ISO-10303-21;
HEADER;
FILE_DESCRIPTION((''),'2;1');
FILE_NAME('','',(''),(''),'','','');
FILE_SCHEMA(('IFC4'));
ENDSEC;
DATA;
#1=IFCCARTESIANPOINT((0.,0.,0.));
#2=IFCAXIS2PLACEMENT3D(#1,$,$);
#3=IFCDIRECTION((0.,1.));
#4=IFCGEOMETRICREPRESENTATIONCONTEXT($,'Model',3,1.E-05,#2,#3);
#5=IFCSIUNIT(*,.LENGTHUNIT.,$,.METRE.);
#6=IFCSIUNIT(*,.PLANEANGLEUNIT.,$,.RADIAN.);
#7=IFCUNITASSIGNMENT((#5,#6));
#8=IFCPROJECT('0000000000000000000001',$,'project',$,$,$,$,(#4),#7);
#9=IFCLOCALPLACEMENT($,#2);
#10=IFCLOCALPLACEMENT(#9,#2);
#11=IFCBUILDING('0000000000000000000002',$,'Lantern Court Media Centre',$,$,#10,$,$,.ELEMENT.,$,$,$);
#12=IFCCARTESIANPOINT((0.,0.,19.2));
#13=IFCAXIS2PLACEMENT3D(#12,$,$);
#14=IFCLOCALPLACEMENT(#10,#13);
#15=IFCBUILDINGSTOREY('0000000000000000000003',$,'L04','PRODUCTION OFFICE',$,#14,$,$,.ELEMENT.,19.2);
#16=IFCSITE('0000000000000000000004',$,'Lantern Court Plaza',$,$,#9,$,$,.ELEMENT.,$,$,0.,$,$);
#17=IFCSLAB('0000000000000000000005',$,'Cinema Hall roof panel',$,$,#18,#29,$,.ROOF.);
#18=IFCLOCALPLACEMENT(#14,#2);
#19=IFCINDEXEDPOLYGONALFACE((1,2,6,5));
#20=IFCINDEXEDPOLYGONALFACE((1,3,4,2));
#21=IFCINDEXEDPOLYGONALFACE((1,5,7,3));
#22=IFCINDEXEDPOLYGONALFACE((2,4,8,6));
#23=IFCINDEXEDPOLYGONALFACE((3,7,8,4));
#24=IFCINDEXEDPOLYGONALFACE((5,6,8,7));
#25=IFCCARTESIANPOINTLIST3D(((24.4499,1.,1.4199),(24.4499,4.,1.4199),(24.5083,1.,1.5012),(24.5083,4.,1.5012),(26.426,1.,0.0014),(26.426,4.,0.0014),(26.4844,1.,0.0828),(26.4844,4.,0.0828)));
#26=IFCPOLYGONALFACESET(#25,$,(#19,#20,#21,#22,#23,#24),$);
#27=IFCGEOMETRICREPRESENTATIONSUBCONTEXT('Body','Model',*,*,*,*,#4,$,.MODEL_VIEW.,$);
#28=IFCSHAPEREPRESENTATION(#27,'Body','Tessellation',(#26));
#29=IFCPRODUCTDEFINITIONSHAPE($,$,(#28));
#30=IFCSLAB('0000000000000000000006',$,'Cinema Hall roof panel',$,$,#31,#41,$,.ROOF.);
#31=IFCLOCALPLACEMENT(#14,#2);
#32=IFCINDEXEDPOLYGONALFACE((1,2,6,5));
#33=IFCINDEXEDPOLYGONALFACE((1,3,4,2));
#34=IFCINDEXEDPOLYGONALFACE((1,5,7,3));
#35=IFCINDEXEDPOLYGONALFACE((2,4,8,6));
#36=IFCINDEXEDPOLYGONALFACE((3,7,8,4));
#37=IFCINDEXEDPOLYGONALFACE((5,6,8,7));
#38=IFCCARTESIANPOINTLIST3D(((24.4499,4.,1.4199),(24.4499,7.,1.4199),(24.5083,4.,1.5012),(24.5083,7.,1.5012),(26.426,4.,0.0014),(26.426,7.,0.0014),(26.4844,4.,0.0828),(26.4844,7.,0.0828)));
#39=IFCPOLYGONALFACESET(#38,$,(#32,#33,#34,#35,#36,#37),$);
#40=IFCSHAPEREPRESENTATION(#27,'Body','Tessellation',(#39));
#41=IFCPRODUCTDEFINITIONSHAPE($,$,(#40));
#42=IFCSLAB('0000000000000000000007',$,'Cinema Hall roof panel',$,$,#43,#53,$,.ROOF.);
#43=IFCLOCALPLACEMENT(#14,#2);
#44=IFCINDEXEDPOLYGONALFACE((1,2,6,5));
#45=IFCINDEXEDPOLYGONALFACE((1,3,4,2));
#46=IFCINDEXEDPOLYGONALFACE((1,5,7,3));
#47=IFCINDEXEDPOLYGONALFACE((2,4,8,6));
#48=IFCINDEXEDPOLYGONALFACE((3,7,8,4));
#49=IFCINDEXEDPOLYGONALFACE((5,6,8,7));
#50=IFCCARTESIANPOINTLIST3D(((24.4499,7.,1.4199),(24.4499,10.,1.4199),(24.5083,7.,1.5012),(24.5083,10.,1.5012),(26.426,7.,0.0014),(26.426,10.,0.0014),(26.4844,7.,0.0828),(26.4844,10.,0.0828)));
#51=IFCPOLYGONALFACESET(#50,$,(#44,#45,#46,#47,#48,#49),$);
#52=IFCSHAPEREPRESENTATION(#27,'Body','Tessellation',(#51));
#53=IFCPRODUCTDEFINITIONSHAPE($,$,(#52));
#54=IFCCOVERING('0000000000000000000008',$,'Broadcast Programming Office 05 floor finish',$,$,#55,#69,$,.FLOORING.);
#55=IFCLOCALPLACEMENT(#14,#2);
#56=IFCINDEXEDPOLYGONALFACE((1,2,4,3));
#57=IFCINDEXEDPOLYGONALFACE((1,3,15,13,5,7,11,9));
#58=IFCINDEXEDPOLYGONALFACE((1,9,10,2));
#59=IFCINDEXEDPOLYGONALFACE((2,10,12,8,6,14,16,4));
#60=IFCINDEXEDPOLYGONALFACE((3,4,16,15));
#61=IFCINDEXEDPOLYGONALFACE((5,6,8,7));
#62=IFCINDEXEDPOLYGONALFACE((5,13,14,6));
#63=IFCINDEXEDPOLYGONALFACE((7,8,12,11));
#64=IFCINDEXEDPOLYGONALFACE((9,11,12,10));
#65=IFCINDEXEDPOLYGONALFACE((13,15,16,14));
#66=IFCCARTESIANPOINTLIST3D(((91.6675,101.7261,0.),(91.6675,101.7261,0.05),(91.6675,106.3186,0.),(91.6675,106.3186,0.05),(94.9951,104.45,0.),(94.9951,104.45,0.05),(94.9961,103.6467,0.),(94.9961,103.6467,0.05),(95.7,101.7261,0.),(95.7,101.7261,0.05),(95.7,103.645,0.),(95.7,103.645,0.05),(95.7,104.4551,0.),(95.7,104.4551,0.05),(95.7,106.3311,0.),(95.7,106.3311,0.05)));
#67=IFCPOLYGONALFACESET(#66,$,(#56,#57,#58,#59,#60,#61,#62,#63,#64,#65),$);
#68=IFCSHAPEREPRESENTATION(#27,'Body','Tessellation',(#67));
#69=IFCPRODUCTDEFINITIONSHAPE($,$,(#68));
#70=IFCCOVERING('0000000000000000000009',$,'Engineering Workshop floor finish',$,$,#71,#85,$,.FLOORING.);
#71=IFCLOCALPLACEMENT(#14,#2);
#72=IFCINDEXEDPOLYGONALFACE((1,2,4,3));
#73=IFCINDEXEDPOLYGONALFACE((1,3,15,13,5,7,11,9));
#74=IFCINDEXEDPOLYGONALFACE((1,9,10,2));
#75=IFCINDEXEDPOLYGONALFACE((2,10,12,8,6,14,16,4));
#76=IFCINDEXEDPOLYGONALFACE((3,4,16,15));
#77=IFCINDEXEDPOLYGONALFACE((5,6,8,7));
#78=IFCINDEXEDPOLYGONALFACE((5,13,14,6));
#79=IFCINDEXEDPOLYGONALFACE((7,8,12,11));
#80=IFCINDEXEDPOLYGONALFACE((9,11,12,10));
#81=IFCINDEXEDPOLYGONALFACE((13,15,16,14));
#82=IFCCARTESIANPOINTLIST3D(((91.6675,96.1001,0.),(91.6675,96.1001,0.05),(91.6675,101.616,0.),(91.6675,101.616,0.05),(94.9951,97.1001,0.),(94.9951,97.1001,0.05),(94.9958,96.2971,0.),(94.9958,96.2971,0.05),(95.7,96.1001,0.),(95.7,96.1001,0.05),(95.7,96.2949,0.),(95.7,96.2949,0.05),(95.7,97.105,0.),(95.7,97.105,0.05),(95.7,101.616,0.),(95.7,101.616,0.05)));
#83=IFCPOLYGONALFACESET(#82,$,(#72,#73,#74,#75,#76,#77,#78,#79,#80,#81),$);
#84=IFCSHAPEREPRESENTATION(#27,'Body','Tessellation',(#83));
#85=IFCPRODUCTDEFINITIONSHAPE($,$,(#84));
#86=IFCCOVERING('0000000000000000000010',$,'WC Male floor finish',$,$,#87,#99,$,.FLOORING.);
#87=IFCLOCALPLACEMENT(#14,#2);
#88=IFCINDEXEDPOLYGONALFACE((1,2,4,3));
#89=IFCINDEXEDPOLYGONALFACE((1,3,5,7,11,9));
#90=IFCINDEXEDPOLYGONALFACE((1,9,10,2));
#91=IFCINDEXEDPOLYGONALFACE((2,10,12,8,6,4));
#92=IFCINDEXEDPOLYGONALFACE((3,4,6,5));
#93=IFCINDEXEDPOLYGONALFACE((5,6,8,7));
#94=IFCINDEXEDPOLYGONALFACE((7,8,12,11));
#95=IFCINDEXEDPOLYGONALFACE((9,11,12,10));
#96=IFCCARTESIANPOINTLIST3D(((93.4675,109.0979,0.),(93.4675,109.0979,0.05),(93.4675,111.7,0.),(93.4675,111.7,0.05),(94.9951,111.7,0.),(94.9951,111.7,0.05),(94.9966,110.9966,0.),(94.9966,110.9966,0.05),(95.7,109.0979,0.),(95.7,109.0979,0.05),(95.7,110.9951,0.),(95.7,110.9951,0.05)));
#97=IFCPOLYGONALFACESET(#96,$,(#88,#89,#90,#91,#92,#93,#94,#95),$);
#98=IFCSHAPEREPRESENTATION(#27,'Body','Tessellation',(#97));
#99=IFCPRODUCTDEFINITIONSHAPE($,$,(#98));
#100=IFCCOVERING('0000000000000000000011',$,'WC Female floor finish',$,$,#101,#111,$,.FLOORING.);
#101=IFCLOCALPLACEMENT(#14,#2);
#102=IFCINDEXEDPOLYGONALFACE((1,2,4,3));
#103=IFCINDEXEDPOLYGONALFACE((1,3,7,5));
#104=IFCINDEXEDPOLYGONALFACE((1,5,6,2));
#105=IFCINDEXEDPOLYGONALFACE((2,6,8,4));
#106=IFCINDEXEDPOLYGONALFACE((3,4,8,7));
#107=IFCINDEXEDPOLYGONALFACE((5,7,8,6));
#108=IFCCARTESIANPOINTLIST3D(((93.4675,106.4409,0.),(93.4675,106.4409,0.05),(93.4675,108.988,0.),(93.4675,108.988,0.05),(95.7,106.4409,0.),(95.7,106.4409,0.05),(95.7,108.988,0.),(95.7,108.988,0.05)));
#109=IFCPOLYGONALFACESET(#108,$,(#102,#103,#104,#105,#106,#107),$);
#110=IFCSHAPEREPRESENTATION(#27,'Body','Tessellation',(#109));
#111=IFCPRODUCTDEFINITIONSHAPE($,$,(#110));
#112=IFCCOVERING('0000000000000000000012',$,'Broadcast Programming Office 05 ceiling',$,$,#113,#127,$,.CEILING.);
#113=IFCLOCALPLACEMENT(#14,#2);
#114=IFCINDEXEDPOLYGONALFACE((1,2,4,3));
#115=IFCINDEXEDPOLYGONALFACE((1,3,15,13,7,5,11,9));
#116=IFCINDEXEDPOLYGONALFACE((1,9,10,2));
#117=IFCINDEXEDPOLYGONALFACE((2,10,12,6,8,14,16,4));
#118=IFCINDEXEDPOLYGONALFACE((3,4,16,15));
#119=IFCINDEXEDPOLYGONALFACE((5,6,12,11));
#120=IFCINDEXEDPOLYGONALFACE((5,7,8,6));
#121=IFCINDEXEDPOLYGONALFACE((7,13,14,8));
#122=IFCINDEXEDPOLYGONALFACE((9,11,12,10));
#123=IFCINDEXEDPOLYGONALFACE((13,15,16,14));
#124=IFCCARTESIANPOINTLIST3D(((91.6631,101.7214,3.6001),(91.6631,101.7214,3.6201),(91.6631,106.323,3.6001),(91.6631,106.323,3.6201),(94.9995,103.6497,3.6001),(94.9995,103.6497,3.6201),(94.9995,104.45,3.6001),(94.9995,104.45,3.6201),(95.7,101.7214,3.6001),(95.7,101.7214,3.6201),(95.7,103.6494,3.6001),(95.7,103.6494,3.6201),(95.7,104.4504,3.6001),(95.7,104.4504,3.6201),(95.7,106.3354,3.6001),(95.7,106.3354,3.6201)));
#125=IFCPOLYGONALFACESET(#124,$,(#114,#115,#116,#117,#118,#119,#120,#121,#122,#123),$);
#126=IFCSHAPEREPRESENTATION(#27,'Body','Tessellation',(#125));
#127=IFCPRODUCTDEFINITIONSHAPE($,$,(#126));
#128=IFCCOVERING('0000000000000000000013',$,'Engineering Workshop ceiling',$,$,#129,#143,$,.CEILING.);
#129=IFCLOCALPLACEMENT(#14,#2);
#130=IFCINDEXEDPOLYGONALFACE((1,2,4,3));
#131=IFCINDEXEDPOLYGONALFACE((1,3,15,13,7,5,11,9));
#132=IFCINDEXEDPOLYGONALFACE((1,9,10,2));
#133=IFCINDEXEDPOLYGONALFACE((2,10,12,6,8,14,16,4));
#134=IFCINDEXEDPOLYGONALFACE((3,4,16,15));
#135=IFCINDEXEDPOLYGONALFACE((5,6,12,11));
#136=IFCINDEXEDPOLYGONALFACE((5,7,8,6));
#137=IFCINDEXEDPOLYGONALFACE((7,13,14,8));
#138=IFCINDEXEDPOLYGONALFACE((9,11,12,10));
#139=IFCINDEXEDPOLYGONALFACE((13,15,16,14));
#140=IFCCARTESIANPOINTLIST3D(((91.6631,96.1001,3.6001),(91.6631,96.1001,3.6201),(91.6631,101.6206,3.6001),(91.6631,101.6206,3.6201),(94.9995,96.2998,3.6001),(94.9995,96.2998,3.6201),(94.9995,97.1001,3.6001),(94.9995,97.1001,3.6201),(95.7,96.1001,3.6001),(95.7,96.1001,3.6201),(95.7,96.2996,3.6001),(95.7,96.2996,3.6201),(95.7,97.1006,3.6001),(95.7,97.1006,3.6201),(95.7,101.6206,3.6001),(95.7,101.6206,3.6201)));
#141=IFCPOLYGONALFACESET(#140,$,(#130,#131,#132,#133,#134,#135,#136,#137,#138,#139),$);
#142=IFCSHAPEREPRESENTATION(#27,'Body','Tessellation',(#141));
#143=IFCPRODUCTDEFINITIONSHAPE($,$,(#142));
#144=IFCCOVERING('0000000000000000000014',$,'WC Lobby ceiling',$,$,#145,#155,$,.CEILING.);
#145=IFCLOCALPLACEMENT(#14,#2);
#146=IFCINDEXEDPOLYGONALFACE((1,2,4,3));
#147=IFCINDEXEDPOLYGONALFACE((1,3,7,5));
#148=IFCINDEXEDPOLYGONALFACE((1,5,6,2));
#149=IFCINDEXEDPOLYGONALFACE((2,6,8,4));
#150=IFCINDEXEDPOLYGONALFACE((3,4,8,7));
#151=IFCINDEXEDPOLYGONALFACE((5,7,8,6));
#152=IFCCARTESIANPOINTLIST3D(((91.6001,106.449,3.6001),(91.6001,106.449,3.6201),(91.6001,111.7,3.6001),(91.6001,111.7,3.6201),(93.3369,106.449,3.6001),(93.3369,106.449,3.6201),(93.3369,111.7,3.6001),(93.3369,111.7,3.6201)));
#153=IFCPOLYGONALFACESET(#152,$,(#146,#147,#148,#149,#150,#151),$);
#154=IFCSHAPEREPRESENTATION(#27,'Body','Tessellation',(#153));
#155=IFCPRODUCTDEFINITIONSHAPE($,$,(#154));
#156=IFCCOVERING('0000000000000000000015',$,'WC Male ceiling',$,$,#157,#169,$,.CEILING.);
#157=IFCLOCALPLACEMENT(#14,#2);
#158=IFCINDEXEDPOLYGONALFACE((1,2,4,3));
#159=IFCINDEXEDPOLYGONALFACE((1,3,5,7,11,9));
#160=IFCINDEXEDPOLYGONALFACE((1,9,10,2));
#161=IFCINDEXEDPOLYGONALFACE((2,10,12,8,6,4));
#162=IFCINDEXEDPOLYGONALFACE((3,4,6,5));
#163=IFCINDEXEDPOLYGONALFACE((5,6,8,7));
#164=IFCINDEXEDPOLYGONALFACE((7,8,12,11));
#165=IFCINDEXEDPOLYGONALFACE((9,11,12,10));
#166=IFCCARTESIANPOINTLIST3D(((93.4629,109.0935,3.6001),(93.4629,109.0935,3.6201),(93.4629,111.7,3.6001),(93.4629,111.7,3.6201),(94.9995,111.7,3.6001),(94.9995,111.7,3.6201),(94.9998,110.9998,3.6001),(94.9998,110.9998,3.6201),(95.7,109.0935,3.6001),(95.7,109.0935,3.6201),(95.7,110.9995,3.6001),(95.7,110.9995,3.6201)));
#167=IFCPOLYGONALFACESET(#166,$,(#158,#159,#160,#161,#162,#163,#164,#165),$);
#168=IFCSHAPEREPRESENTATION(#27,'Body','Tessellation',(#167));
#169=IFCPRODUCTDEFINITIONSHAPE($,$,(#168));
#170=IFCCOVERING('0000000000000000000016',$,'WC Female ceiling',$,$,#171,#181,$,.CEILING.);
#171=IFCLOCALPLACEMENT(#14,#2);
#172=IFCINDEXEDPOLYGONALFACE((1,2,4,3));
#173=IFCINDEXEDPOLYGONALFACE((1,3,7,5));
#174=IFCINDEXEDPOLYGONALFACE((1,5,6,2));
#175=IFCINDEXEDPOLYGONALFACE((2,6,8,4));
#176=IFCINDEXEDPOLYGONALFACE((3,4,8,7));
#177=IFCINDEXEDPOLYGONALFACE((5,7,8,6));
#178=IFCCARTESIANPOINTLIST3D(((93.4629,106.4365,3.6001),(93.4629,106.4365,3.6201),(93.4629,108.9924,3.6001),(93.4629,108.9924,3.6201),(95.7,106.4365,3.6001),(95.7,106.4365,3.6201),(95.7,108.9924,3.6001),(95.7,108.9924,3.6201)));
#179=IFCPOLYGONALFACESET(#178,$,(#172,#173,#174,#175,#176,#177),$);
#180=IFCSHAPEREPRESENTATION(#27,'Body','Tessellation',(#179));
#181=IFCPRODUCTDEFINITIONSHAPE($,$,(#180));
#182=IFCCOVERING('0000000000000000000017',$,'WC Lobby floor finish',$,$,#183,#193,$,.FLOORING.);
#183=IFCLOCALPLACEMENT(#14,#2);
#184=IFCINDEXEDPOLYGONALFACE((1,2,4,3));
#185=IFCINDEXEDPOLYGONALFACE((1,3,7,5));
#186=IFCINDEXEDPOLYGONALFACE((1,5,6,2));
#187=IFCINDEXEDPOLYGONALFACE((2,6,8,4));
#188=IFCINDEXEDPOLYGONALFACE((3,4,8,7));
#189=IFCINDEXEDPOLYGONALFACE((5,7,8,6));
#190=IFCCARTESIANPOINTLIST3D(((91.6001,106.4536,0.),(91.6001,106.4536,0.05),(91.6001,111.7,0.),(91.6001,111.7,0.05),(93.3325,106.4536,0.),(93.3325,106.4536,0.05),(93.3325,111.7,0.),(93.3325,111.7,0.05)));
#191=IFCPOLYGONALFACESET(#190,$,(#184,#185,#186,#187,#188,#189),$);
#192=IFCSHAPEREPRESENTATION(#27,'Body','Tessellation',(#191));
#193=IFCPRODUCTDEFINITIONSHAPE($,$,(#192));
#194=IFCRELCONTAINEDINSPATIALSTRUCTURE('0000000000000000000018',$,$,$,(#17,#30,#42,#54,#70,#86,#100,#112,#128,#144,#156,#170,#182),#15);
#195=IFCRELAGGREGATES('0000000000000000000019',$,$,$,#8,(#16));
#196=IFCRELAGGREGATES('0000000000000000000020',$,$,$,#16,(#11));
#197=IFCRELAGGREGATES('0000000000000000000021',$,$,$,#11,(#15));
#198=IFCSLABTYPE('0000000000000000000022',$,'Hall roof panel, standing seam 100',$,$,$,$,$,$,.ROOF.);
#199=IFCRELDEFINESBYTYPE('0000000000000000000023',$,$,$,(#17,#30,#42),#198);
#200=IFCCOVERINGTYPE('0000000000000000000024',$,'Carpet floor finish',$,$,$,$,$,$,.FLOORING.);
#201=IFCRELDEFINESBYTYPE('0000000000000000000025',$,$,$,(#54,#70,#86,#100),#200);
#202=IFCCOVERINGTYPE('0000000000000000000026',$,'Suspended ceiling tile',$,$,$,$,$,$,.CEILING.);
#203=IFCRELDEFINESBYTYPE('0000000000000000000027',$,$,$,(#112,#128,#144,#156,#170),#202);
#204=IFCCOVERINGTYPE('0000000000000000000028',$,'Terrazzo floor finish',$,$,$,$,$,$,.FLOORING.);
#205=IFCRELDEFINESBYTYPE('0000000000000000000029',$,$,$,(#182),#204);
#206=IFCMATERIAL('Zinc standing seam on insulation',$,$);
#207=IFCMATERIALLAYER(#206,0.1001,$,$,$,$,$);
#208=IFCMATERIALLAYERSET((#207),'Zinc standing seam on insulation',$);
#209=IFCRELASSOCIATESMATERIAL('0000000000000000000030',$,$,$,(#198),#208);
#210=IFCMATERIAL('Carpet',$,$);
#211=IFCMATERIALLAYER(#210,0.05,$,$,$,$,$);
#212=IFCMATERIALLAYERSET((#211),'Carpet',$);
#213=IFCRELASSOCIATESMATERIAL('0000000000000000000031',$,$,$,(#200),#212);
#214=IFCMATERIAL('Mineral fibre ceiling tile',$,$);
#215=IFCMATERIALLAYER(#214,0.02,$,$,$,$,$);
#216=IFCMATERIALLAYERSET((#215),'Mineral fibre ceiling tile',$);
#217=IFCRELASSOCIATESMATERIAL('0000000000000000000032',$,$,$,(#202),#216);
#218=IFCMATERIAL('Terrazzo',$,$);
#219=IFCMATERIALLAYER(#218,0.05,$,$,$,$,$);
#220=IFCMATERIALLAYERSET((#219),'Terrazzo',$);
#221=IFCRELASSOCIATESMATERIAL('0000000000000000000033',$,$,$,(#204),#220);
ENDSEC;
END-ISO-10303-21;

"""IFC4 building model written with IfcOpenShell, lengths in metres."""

from ifc_helpers import new_model, si_unit, direction, frame, origin, place, context, subcontext, project, spatial, polyline, outline, extrude, material, layer, layer_set, type_object, element, save


model = new_model("IFC4")

# Units and contexts
model_context = context("Model", 3, precision=1e-05, world=origin(), true_north=direction((0.0, 1.0)))
body_context = subcontext(model_context, "Body", "Model", "MODEL_VIEW")
ifc_project = project(units=[si_unit("LENGTHUNIT", "METRE"), si_unit("PLANEANGLEUNIT", "RADIAN")], contexts=[model_context])

# Site, building, storey
site_placement = place(None, origin())
site = spatial("IfcSite", under=ifc_project, at=site_placement, Name="Lantern Court Plaza", CompositionType="ELEMENT", RefElevation=0.0)
building_placement = place(site_placement, origin())
building = spatial("IfcBuilding", under=site, at=building_placement, Name="Lantern Court Media Centre", CompositionType="ELEMENT")
storey_placement = place(building_placement, frame((0.0, 0.0, 19.2)))
storey = spatial("IfcBuildingStorey", under=building, at=storey_placement, Name="L04", Description="PRODUCTION OFFICE", CompositionType="ELEMENT", Elevation=19.2)

# Slabs
ifc_material_1 = material(Name="Zinc standing seam on insulation")
ifc_layer_1 = layer(ifc_material_1, 0.1001)
ifc_layer_set_1 = layer_set([ifc_layer_1], Name="Zinc standing seam on insulation")
slab_type = type_object("IfcSlabType", Name="Hall roof panel, standing seam 100", PredefinedType="ROOF", material=ifc_layer_set_1)
for number, where, z_axis, x_axis, name in (
    (1, (24.5083, 1.0, 1.5012), (0.583135, 0.0, 0.812375), (0.812375, 0.0, -0.583135), "Cinema Hall roof panel"),
    (2, (24.5083, 4.0, 1.5012), (0.583135, 0.0, 0.812375), (0.812375, 0.0, -0.583135), "Cinema Hall roof panel"),
    (3, (24.5083, 7.0, 1.5012), (0.583135, 0.0, 0.812375), (0.812375, 0.0, -0.583135), "Cinema Hall roof panel"),
):
    element("IfcSlab", number, at=place(storey_placement, frame(where, z_axis=z_axis, x_axis=x_axis)), inside=storey, type_object=slab_type, Name=name, PredefinedType="ROOF", context=body_context, shape_type="SweptSolid", body=[
        extrude(outline(polyline([(0.0, 0.0), (2.4325, 0.0), (2.4325, 3.0), (0.0, 3.0), (0.0, 0.0)])), origin(), (0.0, 0.0, -1.0), 0.1001),
    ])

# Coverings
ifc_material_2 = material(Name="Carpet")
ifc_layer_2 = layer(ifc_material_2, 0.05)
ifc_layer_set_2 = layer_set([ifc_layer_2], Name="Carpet")
covering_type_1 = type_object("IfcCoveringType", Name="Carpet floor finish", PredefinedType="FLOORING", material=ifc_layer_set_2)
covering_1_placement = place(storey_placement, origin())
element("IfcCovering", 4, at=covering_1_placement, inside=storey, type_object=covering_type_1, Name="Broadcast Programming Office 05 floor finish", PredefinedType="FLOORING", context=body_context, shape_type="SweptSolid", body=[
    extrude(outline(polyline([(95.7, 101.7261), (91.6675, 101.7261), (91.6675, 106.3186), (95.7, 106.3311), (95.7, 104.4551), (94.9951, 104.45), (94.9961, 103.6467), (95.7, 103.645), (95.7, 101.7261)])), origin(), (0.0, 0.0, 1.0), 0.05),
])
covering_2_placement = place(storey_placement, origin())
element("IfcCovering", 5, at=covering_2_placement, inside=storey, type_object=covering_type_1, Name="Engineering Workshop floor finish", PredefinedType="FLOORING", context=body_context, shape_type="SweptSolid", body=[
    extrude(outline(polyline([(95.7, 96.1001), (91.6675, 96.1001), (91.6675, 101.616), (95.7, 101.616), (95.7, 97.105), (94.9951, 97.1001), (94.9958, 96.2971), (95.7, 96.2949), (95.7, 96.1001)])), origin(), (0.0, 0.0, 1.0), 0.05),
])
covering_3_placement = place(storey_placement, origin())
element("IfcCovering", 6, at=covering_3_placement, inside=storey, type_object=covering_type_1, Name="WC Male floor finish", PredefinedType="FLOORING", context=body_context, shape_type="SweptSolid", body=[
    extrude(outline(polyline([(95.7, 109.0979), (93.4675, 109.0979), (93.4675, 111.7), (94.9951, 111.7), (94.9966, 110.9966), (95.7, 110.9951), (95.7, 109.0979)])), origin(), (0.0, 0.0, 1.0), 0.05),
])
covering_4_placement = place(storey_placement, origin())
element("IfcCovering", 7, at=covering_4_placement, inside=storey, type_object=covering_type_1, Name="WC Female floor finish", PredefinedType="FLOORING", context=body_context, shape_type="SweptSolid", body=[
    extrude(outline(polyline([(95.7, 106.4409), (93.4675, 106.4409), (93.4675, 108.988), (95.7, 108.988), (95.7, 106.4409)])), origin(), (0.0, 0.0, 1.0), 0.05),
])
ifc_material_3 = material(Name="Mineral fibre ceiling tile")
ifc_layer_3 = layer(ifc_material_3, 0.02)
ifc_layer_set_3 = layer_set([ifc_layer_3], Name="Mineral fibre ceiling tile")
covering_type_2 = type_object("IfcCoveringType", Name="Suspended ceiling tile", PredefinedType="CEILING", material=ifc_layer_set_3)
covering_5_placement = place(storey_placement, frame((0.0, 0.0, 3.6001)))
element("IfcCovering", 8, at=covering_5_placement, inside=storey, type_object=covering_type_2, Name="Broadcast Programming Office 05 ceiling", PredefinedType="CEILING", context=body_context, shape_type="SweptSolid", body=[
    extrude(outline(polyline([(95.7, 101.7214), (91.6631, 101.7214), (91.6631, 106.323), (95.7, 106.3354), (95.7, 104.4504), (94.9995, 104.45), (94.9995, 103.6497), (95.7, 103.6494), (95.7, 101.7214)])), origin(), (0.0, 0.0, 1.0), 0.02),
])
covering_6_placement = place(storey_placement, frame((0.0, 0.0, 3.6001)))
element("IfcCovering", 9, at=covering_6_placement, inside=storey, type_object=covering_type_2, Name="Engineering Workshop ceiling", PredefinedType="CEILING", context=body_context, shape_type="SweptSolid", body=[
    extrude(outline(polyline([(95.7, 96.1001), (91.6631, 96.1001), (91.6631, 101.6206), (95.7, 101.6206), (95.7, 97.1006), (94.9995, 97.1001), (94.9995, 96.2998), (95.7, 96.2996), (95.7, 96.1001)])), origin(), (0.0, 0.0, 1.0), 0.02),
])
covering_7_placement = place(storey_placement, frame((0.0, 0.0, 3.6001)))
element("IfcCovering", 10, at=covering_7_placement, inside=storey, type_object=covering_type_2, Name="WC Lobby ceiling", PredefinedType="CEILING", context=body_context, shape_type="SweptSolid", body=[
    extrude(outline(polyline([(91.6001, 111.7), (93.3369, 111.7), (93.3369, 106.449), (91.6001, 106.449), (91.6001, 111.7)])), origin(), (0.0, 0.0, 1.0), 0.02),
])
covering_8_placement = place(storey_placement, frame((0.0, 0.0, 3.6001)))
element("IfcCovering", 11, at=covering_8_placement, inside=storey, type_object=covering_type_2, Name="WC Male ceiling", PredefinedType="CEILING", context=body_context, shape_type="SweptSolid", body=[
    extrude(outline(polyline([(95.7, 109.0935), (93.4629, 109.0935), (93.4629, 111.7), (94.9995, 111.7), (94.9998, 110.9998), (95.7, 110.9995), (95.7, 109.0935)])), origin(), (0.0, 0.0, 1.0), 0.02),
])
covering_9_placement = place(storey_placement, frame((0.0, 0.0, 3.6001)))
element("IfcCovering", 12, at=covering_9_placement, inside=storey, type_object=covering_type_2, Name="WC Female ceiling", PredefinedType="CEILING", context=body_context, shape_type="SweptSolid", body=[
    extrude(outline(polyline([(95.7, 106.4365), (93.4629, 106.4365), (93.4629, 108.9924), (95.7, 108.9924), (95.7, 106.4365)])), origin(), (0.0, 0.0, 1.0), 0.02),
])
ifc_material_4 = material(Name="Terrazzo")
ifc_layer_4 = layer(ifc_material_4, 0.05)
ifc_layer_set_4 = layer_set([ifc_layer_4], Name="Terrazzo")
covering_type_3 = type_object("IfcCoveringType", Name="Terrazzo floor finish", PredefinedType="FLOORING", material=ifc_layer_set_4)
covering_10_placement = place(storey_placement, origin())
element("IfcCovering", 13, at=covering_10_placement, inside=storey, type_object=covering_type_3, Name="WC Lobby floor finish", PredefinedType="FLOORING", context=body_context, shape_type="SweptSolid", body=[
    extrude(outline(polyline([(91.6001, 111.7), (93.3325, 111.7), (93.3325, 106.4536), (91.6001, 106.4536), (91.6001, 111.7)])), origin(), (0.0, 0.0, 1.0), 0.05),
])

save(model, "model.ifc")
